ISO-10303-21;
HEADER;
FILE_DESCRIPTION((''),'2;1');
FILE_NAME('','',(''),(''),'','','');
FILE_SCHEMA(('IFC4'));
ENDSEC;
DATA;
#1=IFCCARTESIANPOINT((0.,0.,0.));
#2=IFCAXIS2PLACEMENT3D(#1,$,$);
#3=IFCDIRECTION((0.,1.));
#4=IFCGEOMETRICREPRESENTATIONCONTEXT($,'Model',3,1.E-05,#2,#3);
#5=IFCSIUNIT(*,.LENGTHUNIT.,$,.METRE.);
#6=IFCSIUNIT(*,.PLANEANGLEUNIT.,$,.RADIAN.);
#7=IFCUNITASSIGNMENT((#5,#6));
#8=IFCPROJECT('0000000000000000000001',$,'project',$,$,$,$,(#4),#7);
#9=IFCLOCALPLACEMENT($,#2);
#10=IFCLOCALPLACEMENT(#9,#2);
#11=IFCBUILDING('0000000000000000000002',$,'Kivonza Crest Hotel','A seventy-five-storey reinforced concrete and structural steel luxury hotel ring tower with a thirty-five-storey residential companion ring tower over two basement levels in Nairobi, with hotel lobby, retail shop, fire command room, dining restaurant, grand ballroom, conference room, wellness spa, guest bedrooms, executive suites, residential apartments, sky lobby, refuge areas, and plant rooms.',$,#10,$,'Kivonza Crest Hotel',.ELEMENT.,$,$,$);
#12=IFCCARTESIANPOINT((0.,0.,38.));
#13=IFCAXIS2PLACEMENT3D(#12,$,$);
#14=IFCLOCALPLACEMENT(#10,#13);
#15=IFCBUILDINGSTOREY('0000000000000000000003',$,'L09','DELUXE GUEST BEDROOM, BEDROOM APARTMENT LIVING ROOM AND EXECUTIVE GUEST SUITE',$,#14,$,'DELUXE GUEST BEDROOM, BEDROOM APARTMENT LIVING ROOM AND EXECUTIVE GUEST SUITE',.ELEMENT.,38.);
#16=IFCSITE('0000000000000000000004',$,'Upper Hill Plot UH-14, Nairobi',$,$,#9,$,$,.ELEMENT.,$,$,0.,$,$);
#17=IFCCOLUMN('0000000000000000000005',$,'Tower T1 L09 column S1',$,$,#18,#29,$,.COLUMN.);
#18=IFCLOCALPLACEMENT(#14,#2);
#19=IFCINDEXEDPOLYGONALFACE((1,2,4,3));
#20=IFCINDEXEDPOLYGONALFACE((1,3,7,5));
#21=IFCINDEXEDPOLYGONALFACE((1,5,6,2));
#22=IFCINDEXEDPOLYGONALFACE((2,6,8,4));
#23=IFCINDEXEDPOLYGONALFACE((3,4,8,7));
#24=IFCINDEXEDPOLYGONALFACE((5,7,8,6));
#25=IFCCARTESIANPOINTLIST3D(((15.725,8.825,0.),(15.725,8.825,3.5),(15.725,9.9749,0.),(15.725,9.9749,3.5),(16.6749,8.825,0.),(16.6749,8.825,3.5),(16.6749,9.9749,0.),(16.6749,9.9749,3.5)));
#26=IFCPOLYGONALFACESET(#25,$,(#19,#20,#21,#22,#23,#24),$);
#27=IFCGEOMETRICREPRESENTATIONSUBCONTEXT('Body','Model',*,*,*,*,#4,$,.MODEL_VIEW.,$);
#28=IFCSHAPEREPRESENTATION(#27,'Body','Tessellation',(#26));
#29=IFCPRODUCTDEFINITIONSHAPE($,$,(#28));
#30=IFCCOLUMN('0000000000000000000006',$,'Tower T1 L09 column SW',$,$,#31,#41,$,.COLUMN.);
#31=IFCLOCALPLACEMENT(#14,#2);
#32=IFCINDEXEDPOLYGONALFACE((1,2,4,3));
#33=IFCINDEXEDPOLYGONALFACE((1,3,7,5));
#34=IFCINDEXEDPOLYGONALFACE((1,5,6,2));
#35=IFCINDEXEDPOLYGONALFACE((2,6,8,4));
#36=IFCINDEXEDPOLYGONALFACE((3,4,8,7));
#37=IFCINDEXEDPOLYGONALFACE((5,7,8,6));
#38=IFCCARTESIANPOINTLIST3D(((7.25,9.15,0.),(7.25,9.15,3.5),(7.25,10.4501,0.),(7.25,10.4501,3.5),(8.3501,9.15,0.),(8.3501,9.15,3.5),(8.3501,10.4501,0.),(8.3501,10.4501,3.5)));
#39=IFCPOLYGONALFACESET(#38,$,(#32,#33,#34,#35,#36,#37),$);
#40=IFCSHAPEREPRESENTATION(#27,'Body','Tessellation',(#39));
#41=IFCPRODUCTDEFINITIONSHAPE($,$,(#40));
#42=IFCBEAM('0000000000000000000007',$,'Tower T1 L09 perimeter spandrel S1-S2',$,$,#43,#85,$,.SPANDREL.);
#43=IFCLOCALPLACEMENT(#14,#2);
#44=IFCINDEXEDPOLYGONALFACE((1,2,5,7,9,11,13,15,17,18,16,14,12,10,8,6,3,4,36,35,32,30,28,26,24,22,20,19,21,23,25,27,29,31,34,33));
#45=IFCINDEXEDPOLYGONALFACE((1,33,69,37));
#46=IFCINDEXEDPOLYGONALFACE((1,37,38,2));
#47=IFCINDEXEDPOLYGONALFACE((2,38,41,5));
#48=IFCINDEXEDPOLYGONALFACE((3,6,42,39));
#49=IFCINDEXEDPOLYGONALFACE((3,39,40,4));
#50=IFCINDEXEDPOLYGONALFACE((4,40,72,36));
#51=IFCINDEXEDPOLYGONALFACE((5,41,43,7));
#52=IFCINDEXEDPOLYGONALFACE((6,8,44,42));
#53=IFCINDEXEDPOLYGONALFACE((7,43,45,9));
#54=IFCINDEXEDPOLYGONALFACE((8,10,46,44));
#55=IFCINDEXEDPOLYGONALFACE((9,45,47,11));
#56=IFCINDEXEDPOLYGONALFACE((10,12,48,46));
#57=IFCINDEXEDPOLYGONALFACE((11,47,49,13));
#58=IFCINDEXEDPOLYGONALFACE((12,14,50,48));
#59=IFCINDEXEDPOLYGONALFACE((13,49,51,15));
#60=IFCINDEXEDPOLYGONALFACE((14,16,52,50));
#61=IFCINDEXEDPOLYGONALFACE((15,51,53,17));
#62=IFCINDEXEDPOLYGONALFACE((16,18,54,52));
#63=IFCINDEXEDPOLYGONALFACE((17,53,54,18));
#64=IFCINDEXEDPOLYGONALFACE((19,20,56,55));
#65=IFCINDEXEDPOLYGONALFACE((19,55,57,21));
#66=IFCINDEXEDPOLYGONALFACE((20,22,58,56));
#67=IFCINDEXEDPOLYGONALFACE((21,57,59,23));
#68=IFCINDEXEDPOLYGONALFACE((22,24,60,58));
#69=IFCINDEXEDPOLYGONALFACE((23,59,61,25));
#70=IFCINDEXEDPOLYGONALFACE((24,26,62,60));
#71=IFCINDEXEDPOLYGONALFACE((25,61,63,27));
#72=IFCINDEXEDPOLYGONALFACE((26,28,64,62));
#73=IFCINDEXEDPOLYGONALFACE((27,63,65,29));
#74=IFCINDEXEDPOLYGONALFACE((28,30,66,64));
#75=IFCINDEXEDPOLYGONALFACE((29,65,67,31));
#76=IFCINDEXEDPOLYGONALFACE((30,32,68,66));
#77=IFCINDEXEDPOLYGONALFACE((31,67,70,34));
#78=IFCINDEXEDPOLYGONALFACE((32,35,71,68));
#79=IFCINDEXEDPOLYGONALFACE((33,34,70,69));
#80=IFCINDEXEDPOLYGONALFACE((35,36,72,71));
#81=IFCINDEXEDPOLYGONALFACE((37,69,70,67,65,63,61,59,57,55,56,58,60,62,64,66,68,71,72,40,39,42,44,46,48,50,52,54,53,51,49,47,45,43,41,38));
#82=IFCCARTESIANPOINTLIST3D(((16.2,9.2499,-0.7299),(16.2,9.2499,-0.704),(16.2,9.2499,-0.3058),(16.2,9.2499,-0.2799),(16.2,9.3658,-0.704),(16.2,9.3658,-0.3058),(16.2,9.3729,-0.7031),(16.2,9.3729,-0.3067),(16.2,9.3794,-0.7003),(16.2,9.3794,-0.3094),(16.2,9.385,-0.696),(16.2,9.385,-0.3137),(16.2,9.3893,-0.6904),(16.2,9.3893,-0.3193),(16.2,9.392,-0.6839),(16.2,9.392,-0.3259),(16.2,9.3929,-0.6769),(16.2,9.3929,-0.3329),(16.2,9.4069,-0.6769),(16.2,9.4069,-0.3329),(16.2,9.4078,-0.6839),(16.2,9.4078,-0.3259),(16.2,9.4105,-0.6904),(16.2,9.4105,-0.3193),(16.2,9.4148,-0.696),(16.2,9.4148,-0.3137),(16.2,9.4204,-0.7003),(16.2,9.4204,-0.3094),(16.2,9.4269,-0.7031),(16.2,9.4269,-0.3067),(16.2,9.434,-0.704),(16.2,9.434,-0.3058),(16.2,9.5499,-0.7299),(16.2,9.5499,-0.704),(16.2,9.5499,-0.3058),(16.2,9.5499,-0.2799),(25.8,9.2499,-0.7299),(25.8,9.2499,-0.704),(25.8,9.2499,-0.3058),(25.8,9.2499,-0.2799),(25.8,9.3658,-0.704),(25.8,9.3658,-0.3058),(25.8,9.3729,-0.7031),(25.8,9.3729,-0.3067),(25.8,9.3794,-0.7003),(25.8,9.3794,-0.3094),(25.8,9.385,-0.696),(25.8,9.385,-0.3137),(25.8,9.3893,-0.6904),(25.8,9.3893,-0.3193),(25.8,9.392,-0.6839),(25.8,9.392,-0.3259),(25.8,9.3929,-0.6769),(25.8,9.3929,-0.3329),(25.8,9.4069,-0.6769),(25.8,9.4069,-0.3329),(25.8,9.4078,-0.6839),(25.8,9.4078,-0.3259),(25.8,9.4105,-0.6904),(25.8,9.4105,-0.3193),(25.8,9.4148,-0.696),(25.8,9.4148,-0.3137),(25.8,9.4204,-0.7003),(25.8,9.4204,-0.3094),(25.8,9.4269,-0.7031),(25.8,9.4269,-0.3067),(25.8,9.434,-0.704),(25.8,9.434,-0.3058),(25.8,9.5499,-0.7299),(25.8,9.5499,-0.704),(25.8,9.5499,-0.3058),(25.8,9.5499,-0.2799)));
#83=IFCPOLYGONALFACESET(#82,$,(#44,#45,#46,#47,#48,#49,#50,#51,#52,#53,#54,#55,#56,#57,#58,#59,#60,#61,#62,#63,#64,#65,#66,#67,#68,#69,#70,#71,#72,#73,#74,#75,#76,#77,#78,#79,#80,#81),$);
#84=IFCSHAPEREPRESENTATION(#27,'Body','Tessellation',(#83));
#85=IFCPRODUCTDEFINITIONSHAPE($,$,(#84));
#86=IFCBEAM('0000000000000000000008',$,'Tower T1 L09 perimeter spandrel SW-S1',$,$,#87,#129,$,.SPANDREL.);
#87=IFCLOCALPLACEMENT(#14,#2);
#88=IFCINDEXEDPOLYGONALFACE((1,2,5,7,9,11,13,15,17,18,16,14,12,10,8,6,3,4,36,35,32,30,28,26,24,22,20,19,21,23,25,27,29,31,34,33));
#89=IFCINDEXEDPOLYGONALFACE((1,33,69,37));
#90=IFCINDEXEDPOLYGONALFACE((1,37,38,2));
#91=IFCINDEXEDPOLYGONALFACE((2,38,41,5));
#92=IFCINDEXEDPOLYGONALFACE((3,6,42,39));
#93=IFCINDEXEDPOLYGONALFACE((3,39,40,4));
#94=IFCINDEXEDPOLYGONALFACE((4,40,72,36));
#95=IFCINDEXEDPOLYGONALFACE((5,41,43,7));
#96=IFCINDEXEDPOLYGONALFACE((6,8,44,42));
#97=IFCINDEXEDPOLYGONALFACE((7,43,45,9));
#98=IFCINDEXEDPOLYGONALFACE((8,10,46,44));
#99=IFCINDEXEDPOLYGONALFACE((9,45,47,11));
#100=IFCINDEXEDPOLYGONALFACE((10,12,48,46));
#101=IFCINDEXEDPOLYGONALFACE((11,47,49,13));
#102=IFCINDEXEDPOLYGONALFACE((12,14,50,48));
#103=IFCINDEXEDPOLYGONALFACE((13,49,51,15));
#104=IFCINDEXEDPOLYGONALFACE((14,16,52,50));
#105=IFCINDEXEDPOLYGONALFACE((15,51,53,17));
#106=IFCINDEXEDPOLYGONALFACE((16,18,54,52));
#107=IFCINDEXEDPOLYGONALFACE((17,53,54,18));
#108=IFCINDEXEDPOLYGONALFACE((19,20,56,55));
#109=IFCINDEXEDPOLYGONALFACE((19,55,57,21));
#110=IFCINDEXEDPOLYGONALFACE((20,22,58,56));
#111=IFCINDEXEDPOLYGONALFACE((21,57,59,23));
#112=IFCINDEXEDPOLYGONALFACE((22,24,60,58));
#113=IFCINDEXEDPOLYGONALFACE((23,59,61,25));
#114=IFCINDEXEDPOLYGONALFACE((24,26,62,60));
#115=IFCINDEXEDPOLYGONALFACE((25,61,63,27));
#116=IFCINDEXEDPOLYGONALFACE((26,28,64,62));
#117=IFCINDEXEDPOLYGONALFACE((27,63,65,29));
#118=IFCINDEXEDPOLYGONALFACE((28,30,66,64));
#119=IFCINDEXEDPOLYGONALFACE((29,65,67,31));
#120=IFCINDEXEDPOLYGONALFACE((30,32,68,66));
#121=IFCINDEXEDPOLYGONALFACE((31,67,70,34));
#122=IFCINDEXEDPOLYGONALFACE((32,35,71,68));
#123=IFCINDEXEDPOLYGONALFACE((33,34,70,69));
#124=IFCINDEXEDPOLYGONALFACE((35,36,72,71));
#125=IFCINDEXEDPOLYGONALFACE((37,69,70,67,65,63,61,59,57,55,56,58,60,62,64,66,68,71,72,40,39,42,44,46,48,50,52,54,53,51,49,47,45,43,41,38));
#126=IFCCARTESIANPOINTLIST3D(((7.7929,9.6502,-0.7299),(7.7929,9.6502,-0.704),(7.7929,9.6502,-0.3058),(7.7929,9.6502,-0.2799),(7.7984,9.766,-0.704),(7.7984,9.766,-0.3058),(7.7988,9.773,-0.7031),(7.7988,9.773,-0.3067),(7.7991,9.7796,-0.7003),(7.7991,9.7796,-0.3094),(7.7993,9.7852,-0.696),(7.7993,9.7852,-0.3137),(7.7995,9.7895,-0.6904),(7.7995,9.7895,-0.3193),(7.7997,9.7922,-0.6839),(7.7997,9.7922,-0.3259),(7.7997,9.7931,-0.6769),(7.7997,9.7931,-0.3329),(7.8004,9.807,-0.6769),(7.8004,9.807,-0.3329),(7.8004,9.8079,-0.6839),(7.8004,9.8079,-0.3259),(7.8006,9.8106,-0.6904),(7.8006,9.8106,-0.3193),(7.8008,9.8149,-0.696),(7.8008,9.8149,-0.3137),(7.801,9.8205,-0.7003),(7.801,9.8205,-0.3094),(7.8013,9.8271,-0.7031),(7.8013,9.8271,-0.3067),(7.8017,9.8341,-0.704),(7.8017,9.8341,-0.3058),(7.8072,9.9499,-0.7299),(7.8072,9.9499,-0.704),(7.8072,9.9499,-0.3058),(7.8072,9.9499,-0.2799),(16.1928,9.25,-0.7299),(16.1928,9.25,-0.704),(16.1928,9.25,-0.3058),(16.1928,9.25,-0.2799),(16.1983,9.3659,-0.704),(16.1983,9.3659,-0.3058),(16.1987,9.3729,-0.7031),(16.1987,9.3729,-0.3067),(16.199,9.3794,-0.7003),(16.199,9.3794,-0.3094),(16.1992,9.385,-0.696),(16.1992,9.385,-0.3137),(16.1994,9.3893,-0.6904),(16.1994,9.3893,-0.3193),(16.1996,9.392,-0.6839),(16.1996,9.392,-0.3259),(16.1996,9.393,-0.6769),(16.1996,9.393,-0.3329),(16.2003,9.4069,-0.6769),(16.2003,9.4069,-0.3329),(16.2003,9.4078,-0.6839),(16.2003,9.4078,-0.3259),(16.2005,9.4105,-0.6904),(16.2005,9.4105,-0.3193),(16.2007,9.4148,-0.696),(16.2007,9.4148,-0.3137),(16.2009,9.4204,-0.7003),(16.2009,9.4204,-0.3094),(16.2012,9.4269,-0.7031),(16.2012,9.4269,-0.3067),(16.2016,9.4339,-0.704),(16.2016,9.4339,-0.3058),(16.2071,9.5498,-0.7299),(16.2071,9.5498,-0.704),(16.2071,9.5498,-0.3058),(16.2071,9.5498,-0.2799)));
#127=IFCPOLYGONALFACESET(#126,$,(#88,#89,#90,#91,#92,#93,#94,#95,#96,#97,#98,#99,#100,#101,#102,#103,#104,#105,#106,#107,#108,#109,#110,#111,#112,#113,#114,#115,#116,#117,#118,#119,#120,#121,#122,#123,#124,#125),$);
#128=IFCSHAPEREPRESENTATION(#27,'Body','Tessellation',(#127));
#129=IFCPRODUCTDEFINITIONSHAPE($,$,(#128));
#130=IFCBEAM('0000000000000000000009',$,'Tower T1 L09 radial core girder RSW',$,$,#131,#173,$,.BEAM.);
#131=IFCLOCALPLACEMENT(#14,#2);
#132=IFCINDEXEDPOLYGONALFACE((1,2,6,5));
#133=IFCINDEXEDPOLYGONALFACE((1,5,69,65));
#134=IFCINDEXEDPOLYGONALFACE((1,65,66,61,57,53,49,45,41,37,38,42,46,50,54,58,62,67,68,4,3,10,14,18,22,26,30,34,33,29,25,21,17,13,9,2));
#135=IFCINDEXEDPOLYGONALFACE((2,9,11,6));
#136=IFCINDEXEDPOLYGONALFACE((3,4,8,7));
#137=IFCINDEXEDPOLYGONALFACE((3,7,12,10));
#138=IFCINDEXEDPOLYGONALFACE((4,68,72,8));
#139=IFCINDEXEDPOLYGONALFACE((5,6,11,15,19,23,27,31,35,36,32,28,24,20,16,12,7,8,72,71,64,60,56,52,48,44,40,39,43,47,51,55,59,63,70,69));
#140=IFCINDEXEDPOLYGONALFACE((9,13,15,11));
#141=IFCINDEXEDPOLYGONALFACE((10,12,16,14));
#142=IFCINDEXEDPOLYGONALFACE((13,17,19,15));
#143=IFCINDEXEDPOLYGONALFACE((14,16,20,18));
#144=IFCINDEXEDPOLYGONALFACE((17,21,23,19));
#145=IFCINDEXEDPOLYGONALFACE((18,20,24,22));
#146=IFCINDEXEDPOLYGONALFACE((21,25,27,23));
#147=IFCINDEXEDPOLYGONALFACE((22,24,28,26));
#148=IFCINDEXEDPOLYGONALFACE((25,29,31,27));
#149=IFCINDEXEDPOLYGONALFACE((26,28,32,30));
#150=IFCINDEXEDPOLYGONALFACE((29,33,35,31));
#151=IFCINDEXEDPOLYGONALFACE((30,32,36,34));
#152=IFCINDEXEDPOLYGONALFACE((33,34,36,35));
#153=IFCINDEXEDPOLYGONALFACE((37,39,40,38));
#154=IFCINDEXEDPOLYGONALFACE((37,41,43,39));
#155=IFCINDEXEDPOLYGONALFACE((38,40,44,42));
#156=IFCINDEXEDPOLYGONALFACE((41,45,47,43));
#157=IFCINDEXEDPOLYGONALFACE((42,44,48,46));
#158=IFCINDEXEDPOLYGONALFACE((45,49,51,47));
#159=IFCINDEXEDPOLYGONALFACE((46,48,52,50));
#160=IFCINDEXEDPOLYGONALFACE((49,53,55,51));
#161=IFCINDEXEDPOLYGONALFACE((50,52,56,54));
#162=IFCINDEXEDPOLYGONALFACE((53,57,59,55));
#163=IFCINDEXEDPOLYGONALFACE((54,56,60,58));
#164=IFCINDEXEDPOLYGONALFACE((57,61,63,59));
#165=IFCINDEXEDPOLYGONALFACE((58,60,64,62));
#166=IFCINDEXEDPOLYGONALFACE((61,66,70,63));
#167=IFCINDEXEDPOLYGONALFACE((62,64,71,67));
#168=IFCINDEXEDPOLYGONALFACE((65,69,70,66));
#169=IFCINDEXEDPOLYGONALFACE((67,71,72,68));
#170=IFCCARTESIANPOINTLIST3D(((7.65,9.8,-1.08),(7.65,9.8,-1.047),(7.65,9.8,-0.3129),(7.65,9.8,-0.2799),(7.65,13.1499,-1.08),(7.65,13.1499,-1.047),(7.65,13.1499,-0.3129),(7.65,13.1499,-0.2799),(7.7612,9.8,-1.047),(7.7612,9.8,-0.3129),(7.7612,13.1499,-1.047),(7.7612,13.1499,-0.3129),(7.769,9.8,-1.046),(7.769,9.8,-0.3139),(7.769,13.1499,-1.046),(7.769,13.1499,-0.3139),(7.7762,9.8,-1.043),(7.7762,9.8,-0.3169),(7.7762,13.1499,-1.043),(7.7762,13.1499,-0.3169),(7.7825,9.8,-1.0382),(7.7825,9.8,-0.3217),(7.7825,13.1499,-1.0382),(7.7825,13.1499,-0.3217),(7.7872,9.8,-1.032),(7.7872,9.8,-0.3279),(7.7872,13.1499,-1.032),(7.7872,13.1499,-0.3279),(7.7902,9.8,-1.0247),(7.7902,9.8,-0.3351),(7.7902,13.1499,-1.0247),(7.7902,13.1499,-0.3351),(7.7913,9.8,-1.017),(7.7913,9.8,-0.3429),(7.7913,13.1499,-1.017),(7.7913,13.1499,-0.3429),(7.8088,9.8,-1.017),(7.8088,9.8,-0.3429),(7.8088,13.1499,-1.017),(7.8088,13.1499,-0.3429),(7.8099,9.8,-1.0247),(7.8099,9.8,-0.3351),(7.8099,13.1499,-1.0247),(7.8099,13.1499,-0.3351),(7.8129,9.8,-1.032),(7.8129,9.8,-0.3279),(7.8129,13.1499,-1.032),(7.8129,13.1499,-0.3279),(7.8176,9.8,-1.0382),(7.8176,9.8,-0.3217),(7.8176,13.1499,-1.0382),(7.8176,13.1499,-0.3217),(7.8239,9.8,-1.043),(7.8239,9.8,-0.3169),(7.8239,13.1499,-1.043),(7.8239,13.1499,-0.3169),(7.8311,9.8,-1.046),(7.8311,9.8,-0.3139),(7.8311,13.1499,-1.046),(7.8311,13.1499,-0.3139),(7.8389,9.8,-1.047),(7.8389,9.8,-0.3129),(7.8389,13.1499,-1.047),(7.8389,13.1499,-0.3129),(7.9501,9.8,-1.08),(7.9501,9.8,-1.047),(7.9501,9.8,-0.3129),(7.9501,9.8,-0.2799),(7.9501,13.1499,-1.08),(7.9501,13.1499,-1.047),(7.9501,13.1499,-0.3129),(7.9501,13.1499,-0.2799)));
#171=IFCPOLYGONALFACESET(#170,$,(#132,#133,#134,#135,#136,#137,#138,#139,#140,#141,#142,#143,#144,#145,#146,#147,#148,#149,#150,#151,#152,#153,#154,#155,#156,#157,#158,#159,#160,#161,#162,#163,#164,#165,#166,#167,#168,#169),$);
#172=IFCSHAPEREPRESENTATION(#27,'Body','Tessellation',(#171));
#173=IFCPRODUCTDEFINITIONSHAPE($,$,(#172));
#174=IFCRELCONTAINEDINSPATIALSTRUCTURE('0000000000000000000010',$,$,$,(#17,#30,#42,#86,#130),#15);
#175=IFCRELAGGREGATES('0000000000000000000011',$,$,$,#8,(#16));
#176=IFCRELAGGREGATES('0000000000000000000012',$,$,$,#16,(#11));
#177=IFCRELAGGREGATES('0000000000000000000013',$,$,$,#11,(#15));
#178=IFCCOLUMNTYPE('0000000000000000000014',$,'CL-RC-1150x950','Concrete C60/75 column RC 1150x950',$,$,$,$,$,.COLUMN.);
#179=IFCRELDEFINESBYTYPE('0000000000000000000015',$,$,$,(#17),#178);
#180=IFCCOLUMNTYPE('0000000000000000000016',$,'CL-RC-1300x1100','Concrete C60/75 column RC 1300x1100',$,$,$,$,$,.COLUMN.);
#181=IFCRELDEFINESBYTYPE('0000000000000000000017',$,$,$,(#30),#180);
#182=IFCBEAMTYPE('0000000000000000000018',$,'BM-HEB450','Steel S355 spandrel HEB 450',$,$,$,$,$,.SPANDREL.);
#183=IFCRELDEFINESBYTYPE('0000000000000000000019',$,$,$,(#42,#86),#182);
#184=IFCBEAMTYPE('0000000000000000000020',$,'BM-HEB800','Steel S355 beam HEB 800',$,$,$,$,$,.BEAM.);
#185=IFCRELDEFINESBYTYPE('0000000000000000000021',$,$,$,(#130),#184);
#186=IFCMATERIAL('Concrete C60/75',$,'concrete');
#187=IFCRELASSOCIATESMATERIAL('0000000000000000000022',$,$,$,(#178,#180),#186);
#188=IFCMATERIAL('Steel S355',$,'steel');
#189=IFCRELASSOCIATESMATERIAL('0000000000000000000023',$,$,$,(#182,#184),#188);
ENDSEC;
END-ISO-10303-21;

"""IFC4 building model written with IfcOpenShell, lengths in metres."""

from ifc_helpers import new_model, si_unit, direction, frame, origin, origin_2d, place, context, subcontext, project, spatial, rectangle, i_section, extrude, material, material_profile, profile_set, type_object, element, save


model = new_model("IFC4")

# Units and contexts
model_context = context("Model", 3, precision=1e-05, world=origin(), true_north=direction((0.0, 1.0)))
body_context = subcontext(model_context, "Body", "Model", "MODEL_VIEW")
ifc_project = project(units=[si_unit("LENGTHUNIT", "METRE"), si_unit("PLANEANGLEUNIT", "RADIAN")], contexts=[model_context])

# Site, building, storey
site_placement = place(None, origin())
site = spatial("IfcSite", under=ifc_project, at=site_placement, Name="Upper Hill Plot UH-14, Nairobi", CompositionType="ELEMENT", RefElevation=0.0)
building_placement = place(site_placement, origin())
building = spatial("IfcBuilding", under=site, at=building_placement, Name="Kivonza Crest Hotel", Description="A seventy-five-storey reinforced concrete and structural steel luxury hotel ring tower with a thirty-five-storey residential companion ring tower over two basement levels in Nairobi, with hotel lobby, retail shop, fire command room, dining restaurant, grand ballroom, conference room, wellness spa, guest bedrooms, executive suites, residential apartments, sky lobby, refuge areas, and plant rooms.", LongName="Kivonza Crest Hotel", CompositionType="ELEMENT")
storey_placement = place(building_placement, frame((0.0, 0.0, 38.0)))
storey = spatial("IfcBuildingStorey", under=building, at=storey_placement, Name="L09", Description="DELUXE GUEST BEDROOM, BEDROOM APARTMENT LIVING ROOM AND EXECUTIVE GUEST SUITE", LongName="DELUXE GUEST BEDROOM, BEDROOM APARTMENT LIVING ROOM AND EXECUTIVE GUEST SUITE", CompositionType="ELEMENT", Elevation=38.0)

# Columns
ifc_material_1 = material(Name="Concrete C60/75", Category="concrete")
ifc_material_profile_1 = material_profile(ifc_material_1, rectangle(XDim=0.95, YDim=1.1499, at=origin_2d()), Name="RC 1150x950")
ifc_profile_set_1 = profile_set([ifc_material_profile_1], Name="Concrete C60/75")
column_type_1 = type_object("IfcColumnType", Name="CL-RC-1150x950", Description="Concrete C60/75 column RC 1150x950", PredefinedType="COLUMN", material=ifc_profile_set_1)
column_1_placement = place(storey_placement, frame((16.2, 9.3999, 0.0), z_axis=(0.0, 0.0, 1.0), x_axis=(1.0, 0.0, 0.0)))
element("IfcColumn", 1, at=column_1_placement, inside=storey, type_object=column_type_1, Name="Tower T1 L09 column S1", PredefinedType="COLUMN", context=body_context, shape_type="SweptSolid", body=[
    extrude(rectangle(XDim=0.95, YDim=1.1499, at=origin_2d()), origin(), (0.0, 0.0, 1.0), 3.5),
])
ifc_material_profile_2 = material_profile(ifc_material_1, rectangle(XDim=1.1001, YDim=1.3, at=origin_2d()), Name="RC 1300x1100")
ifc_profile_set_2 = profile_set([ifc_material_profile_2], Name="Concrete C60/75")
column_type_2 = type_object("IfcColumnType", Name="CL-RC-1300x1100", Description="Concrete C60/75 column RC 1300x1100", PredefinedType="COLUMN", material=ifc_profile_set_2)
column_2_placement = place(storey_placement, frame((7.8, 9.8, 0.0), z_axis=(0.0, 0.0, 1.0), x_axis=(1.0, 0.0, 0.0)))
element("IfcColumn", 2, at=column_2_placement, inside=storey, type_object=column_type_2, Name="Tower T1 L09 column SW", PredefinedType="COLUMN", context=body_context, shape_type="SweptSolid", body=[
    extrude(rectangle(XDim=1.1001, YDim=1.3, at=origin_2d()), origin(), (0.0, 0.0, 1.0), 3.5),
])

# Beams
ifc_material_2 = material(Name="Steel S355", Category="steel")
ifc_material_profile_3 = material_profile(ifc_material_2, i_section(OverallWidth=0.3, OverallDepth=0.45, WebThickness=0.0139, FlangeThickness=0.0259, FilletRadius=0.0271, at=origin_2d()), Name="HEB 450")
ifc_profile_set_3 = profile_set([ifc_material_profile_3], Name="Steel S355")
beam_type_1 = type_object("IfcBeamType", Name="BM-HEB450", Description="Steel S355 spandrel HEB 450", PredefinedType="SPANDREL", material=ifc_profile_set_3)
beam_1_placement = place(storey_placement, frame((16.2, 9.3999, -0.5049), z_axis=(1.0, 0.0, 0.0), x_axis=(0.0, 1.0, 0.0)))
element("IfcBeam", 3, at=beam_1_placement, inside=storey, type_object=beam_type_1, Name="Tower T1 L09 perimeter spandrel S1-S2", PredefinedType="SPANDREL", context=body_context, shape_type="SweptSolid", body=[
    extrude(i_section(OverallWidth=0.3, OverallDepth=0.45, WebThickness=0.0139, FlangeThickness=0.0259, FilletRadius=0.0271, at=origin_2d()), origin(), (0.0, 0.0, 1.0), 9.6001),
])
beam_2_placement = place(storey_placement, frame((7.8, 9.8, -0.5049), z_axis=(0.998867, -0.047583, 0.0), x_axis=(0.047583, 0.998867, 0.0)))
element("IfcBeam", 4, at=beam_2_placement, inside=storey, type_object=beam_type_1, Name="Tower T1 L09 perimeter spandrel SW-S1", PredefinedType="SPANDREL", context=body_context, shape_type="SweptSolid", body=[
    extrude(i_section(OverallWidth=0.3, OverallDepth=0.45, WebThickness=0.0139, FlangeThickness=0.0259, FilletRadius=0.0271, at=origin_2d()), origin(), (0.0, 0.0, 1.0), 8.4094),
])
ifc_material_profile_4 = material_profile(ifc_material_2, i_section(OverallWidth=0.3, OverallDepth=0.8, WebThickness=0.0176, FlangeThickness=0.033, FilletRadius=0.03, at=origin_2d()), Name="HEB 800")
ifc_profile_set_4 = profile_set([ifc_material_profile_4], Name="Steel S355")
beam_type_2 = type_object("IfcBeamType", Name="BM-HEB800", Description="Steel S355 beam HEB 800", PredefinedType="BEAM", material=ifc_profile_set_4)
beam_3_placement = place(storey_placement, frame((7.8, 9.8, -0.6799), z_axis=(0.0, 1.0, 0.0), x_axis=(-1.0, 0.0, 0.0)))
element("IfcBeam", 5, at=beam_3_placement, inside=storey, type_object=beam_type_2, Name="Tower T1 L09 radial core girder RSW", PredefinedType="BEAM", context=body_context, shape_type="SweptSolid", body=[
    extrude(i_section(OverallWidth=0.3, OverallDepth=0.8, WebThickness=0.0176, FlangeThickness=0.033, FilletRadius=0.03, at=origin_2d()), origin(), (0.0, 0.0, 1.0), 3.3499),
])

save(model, "model.ifc")
